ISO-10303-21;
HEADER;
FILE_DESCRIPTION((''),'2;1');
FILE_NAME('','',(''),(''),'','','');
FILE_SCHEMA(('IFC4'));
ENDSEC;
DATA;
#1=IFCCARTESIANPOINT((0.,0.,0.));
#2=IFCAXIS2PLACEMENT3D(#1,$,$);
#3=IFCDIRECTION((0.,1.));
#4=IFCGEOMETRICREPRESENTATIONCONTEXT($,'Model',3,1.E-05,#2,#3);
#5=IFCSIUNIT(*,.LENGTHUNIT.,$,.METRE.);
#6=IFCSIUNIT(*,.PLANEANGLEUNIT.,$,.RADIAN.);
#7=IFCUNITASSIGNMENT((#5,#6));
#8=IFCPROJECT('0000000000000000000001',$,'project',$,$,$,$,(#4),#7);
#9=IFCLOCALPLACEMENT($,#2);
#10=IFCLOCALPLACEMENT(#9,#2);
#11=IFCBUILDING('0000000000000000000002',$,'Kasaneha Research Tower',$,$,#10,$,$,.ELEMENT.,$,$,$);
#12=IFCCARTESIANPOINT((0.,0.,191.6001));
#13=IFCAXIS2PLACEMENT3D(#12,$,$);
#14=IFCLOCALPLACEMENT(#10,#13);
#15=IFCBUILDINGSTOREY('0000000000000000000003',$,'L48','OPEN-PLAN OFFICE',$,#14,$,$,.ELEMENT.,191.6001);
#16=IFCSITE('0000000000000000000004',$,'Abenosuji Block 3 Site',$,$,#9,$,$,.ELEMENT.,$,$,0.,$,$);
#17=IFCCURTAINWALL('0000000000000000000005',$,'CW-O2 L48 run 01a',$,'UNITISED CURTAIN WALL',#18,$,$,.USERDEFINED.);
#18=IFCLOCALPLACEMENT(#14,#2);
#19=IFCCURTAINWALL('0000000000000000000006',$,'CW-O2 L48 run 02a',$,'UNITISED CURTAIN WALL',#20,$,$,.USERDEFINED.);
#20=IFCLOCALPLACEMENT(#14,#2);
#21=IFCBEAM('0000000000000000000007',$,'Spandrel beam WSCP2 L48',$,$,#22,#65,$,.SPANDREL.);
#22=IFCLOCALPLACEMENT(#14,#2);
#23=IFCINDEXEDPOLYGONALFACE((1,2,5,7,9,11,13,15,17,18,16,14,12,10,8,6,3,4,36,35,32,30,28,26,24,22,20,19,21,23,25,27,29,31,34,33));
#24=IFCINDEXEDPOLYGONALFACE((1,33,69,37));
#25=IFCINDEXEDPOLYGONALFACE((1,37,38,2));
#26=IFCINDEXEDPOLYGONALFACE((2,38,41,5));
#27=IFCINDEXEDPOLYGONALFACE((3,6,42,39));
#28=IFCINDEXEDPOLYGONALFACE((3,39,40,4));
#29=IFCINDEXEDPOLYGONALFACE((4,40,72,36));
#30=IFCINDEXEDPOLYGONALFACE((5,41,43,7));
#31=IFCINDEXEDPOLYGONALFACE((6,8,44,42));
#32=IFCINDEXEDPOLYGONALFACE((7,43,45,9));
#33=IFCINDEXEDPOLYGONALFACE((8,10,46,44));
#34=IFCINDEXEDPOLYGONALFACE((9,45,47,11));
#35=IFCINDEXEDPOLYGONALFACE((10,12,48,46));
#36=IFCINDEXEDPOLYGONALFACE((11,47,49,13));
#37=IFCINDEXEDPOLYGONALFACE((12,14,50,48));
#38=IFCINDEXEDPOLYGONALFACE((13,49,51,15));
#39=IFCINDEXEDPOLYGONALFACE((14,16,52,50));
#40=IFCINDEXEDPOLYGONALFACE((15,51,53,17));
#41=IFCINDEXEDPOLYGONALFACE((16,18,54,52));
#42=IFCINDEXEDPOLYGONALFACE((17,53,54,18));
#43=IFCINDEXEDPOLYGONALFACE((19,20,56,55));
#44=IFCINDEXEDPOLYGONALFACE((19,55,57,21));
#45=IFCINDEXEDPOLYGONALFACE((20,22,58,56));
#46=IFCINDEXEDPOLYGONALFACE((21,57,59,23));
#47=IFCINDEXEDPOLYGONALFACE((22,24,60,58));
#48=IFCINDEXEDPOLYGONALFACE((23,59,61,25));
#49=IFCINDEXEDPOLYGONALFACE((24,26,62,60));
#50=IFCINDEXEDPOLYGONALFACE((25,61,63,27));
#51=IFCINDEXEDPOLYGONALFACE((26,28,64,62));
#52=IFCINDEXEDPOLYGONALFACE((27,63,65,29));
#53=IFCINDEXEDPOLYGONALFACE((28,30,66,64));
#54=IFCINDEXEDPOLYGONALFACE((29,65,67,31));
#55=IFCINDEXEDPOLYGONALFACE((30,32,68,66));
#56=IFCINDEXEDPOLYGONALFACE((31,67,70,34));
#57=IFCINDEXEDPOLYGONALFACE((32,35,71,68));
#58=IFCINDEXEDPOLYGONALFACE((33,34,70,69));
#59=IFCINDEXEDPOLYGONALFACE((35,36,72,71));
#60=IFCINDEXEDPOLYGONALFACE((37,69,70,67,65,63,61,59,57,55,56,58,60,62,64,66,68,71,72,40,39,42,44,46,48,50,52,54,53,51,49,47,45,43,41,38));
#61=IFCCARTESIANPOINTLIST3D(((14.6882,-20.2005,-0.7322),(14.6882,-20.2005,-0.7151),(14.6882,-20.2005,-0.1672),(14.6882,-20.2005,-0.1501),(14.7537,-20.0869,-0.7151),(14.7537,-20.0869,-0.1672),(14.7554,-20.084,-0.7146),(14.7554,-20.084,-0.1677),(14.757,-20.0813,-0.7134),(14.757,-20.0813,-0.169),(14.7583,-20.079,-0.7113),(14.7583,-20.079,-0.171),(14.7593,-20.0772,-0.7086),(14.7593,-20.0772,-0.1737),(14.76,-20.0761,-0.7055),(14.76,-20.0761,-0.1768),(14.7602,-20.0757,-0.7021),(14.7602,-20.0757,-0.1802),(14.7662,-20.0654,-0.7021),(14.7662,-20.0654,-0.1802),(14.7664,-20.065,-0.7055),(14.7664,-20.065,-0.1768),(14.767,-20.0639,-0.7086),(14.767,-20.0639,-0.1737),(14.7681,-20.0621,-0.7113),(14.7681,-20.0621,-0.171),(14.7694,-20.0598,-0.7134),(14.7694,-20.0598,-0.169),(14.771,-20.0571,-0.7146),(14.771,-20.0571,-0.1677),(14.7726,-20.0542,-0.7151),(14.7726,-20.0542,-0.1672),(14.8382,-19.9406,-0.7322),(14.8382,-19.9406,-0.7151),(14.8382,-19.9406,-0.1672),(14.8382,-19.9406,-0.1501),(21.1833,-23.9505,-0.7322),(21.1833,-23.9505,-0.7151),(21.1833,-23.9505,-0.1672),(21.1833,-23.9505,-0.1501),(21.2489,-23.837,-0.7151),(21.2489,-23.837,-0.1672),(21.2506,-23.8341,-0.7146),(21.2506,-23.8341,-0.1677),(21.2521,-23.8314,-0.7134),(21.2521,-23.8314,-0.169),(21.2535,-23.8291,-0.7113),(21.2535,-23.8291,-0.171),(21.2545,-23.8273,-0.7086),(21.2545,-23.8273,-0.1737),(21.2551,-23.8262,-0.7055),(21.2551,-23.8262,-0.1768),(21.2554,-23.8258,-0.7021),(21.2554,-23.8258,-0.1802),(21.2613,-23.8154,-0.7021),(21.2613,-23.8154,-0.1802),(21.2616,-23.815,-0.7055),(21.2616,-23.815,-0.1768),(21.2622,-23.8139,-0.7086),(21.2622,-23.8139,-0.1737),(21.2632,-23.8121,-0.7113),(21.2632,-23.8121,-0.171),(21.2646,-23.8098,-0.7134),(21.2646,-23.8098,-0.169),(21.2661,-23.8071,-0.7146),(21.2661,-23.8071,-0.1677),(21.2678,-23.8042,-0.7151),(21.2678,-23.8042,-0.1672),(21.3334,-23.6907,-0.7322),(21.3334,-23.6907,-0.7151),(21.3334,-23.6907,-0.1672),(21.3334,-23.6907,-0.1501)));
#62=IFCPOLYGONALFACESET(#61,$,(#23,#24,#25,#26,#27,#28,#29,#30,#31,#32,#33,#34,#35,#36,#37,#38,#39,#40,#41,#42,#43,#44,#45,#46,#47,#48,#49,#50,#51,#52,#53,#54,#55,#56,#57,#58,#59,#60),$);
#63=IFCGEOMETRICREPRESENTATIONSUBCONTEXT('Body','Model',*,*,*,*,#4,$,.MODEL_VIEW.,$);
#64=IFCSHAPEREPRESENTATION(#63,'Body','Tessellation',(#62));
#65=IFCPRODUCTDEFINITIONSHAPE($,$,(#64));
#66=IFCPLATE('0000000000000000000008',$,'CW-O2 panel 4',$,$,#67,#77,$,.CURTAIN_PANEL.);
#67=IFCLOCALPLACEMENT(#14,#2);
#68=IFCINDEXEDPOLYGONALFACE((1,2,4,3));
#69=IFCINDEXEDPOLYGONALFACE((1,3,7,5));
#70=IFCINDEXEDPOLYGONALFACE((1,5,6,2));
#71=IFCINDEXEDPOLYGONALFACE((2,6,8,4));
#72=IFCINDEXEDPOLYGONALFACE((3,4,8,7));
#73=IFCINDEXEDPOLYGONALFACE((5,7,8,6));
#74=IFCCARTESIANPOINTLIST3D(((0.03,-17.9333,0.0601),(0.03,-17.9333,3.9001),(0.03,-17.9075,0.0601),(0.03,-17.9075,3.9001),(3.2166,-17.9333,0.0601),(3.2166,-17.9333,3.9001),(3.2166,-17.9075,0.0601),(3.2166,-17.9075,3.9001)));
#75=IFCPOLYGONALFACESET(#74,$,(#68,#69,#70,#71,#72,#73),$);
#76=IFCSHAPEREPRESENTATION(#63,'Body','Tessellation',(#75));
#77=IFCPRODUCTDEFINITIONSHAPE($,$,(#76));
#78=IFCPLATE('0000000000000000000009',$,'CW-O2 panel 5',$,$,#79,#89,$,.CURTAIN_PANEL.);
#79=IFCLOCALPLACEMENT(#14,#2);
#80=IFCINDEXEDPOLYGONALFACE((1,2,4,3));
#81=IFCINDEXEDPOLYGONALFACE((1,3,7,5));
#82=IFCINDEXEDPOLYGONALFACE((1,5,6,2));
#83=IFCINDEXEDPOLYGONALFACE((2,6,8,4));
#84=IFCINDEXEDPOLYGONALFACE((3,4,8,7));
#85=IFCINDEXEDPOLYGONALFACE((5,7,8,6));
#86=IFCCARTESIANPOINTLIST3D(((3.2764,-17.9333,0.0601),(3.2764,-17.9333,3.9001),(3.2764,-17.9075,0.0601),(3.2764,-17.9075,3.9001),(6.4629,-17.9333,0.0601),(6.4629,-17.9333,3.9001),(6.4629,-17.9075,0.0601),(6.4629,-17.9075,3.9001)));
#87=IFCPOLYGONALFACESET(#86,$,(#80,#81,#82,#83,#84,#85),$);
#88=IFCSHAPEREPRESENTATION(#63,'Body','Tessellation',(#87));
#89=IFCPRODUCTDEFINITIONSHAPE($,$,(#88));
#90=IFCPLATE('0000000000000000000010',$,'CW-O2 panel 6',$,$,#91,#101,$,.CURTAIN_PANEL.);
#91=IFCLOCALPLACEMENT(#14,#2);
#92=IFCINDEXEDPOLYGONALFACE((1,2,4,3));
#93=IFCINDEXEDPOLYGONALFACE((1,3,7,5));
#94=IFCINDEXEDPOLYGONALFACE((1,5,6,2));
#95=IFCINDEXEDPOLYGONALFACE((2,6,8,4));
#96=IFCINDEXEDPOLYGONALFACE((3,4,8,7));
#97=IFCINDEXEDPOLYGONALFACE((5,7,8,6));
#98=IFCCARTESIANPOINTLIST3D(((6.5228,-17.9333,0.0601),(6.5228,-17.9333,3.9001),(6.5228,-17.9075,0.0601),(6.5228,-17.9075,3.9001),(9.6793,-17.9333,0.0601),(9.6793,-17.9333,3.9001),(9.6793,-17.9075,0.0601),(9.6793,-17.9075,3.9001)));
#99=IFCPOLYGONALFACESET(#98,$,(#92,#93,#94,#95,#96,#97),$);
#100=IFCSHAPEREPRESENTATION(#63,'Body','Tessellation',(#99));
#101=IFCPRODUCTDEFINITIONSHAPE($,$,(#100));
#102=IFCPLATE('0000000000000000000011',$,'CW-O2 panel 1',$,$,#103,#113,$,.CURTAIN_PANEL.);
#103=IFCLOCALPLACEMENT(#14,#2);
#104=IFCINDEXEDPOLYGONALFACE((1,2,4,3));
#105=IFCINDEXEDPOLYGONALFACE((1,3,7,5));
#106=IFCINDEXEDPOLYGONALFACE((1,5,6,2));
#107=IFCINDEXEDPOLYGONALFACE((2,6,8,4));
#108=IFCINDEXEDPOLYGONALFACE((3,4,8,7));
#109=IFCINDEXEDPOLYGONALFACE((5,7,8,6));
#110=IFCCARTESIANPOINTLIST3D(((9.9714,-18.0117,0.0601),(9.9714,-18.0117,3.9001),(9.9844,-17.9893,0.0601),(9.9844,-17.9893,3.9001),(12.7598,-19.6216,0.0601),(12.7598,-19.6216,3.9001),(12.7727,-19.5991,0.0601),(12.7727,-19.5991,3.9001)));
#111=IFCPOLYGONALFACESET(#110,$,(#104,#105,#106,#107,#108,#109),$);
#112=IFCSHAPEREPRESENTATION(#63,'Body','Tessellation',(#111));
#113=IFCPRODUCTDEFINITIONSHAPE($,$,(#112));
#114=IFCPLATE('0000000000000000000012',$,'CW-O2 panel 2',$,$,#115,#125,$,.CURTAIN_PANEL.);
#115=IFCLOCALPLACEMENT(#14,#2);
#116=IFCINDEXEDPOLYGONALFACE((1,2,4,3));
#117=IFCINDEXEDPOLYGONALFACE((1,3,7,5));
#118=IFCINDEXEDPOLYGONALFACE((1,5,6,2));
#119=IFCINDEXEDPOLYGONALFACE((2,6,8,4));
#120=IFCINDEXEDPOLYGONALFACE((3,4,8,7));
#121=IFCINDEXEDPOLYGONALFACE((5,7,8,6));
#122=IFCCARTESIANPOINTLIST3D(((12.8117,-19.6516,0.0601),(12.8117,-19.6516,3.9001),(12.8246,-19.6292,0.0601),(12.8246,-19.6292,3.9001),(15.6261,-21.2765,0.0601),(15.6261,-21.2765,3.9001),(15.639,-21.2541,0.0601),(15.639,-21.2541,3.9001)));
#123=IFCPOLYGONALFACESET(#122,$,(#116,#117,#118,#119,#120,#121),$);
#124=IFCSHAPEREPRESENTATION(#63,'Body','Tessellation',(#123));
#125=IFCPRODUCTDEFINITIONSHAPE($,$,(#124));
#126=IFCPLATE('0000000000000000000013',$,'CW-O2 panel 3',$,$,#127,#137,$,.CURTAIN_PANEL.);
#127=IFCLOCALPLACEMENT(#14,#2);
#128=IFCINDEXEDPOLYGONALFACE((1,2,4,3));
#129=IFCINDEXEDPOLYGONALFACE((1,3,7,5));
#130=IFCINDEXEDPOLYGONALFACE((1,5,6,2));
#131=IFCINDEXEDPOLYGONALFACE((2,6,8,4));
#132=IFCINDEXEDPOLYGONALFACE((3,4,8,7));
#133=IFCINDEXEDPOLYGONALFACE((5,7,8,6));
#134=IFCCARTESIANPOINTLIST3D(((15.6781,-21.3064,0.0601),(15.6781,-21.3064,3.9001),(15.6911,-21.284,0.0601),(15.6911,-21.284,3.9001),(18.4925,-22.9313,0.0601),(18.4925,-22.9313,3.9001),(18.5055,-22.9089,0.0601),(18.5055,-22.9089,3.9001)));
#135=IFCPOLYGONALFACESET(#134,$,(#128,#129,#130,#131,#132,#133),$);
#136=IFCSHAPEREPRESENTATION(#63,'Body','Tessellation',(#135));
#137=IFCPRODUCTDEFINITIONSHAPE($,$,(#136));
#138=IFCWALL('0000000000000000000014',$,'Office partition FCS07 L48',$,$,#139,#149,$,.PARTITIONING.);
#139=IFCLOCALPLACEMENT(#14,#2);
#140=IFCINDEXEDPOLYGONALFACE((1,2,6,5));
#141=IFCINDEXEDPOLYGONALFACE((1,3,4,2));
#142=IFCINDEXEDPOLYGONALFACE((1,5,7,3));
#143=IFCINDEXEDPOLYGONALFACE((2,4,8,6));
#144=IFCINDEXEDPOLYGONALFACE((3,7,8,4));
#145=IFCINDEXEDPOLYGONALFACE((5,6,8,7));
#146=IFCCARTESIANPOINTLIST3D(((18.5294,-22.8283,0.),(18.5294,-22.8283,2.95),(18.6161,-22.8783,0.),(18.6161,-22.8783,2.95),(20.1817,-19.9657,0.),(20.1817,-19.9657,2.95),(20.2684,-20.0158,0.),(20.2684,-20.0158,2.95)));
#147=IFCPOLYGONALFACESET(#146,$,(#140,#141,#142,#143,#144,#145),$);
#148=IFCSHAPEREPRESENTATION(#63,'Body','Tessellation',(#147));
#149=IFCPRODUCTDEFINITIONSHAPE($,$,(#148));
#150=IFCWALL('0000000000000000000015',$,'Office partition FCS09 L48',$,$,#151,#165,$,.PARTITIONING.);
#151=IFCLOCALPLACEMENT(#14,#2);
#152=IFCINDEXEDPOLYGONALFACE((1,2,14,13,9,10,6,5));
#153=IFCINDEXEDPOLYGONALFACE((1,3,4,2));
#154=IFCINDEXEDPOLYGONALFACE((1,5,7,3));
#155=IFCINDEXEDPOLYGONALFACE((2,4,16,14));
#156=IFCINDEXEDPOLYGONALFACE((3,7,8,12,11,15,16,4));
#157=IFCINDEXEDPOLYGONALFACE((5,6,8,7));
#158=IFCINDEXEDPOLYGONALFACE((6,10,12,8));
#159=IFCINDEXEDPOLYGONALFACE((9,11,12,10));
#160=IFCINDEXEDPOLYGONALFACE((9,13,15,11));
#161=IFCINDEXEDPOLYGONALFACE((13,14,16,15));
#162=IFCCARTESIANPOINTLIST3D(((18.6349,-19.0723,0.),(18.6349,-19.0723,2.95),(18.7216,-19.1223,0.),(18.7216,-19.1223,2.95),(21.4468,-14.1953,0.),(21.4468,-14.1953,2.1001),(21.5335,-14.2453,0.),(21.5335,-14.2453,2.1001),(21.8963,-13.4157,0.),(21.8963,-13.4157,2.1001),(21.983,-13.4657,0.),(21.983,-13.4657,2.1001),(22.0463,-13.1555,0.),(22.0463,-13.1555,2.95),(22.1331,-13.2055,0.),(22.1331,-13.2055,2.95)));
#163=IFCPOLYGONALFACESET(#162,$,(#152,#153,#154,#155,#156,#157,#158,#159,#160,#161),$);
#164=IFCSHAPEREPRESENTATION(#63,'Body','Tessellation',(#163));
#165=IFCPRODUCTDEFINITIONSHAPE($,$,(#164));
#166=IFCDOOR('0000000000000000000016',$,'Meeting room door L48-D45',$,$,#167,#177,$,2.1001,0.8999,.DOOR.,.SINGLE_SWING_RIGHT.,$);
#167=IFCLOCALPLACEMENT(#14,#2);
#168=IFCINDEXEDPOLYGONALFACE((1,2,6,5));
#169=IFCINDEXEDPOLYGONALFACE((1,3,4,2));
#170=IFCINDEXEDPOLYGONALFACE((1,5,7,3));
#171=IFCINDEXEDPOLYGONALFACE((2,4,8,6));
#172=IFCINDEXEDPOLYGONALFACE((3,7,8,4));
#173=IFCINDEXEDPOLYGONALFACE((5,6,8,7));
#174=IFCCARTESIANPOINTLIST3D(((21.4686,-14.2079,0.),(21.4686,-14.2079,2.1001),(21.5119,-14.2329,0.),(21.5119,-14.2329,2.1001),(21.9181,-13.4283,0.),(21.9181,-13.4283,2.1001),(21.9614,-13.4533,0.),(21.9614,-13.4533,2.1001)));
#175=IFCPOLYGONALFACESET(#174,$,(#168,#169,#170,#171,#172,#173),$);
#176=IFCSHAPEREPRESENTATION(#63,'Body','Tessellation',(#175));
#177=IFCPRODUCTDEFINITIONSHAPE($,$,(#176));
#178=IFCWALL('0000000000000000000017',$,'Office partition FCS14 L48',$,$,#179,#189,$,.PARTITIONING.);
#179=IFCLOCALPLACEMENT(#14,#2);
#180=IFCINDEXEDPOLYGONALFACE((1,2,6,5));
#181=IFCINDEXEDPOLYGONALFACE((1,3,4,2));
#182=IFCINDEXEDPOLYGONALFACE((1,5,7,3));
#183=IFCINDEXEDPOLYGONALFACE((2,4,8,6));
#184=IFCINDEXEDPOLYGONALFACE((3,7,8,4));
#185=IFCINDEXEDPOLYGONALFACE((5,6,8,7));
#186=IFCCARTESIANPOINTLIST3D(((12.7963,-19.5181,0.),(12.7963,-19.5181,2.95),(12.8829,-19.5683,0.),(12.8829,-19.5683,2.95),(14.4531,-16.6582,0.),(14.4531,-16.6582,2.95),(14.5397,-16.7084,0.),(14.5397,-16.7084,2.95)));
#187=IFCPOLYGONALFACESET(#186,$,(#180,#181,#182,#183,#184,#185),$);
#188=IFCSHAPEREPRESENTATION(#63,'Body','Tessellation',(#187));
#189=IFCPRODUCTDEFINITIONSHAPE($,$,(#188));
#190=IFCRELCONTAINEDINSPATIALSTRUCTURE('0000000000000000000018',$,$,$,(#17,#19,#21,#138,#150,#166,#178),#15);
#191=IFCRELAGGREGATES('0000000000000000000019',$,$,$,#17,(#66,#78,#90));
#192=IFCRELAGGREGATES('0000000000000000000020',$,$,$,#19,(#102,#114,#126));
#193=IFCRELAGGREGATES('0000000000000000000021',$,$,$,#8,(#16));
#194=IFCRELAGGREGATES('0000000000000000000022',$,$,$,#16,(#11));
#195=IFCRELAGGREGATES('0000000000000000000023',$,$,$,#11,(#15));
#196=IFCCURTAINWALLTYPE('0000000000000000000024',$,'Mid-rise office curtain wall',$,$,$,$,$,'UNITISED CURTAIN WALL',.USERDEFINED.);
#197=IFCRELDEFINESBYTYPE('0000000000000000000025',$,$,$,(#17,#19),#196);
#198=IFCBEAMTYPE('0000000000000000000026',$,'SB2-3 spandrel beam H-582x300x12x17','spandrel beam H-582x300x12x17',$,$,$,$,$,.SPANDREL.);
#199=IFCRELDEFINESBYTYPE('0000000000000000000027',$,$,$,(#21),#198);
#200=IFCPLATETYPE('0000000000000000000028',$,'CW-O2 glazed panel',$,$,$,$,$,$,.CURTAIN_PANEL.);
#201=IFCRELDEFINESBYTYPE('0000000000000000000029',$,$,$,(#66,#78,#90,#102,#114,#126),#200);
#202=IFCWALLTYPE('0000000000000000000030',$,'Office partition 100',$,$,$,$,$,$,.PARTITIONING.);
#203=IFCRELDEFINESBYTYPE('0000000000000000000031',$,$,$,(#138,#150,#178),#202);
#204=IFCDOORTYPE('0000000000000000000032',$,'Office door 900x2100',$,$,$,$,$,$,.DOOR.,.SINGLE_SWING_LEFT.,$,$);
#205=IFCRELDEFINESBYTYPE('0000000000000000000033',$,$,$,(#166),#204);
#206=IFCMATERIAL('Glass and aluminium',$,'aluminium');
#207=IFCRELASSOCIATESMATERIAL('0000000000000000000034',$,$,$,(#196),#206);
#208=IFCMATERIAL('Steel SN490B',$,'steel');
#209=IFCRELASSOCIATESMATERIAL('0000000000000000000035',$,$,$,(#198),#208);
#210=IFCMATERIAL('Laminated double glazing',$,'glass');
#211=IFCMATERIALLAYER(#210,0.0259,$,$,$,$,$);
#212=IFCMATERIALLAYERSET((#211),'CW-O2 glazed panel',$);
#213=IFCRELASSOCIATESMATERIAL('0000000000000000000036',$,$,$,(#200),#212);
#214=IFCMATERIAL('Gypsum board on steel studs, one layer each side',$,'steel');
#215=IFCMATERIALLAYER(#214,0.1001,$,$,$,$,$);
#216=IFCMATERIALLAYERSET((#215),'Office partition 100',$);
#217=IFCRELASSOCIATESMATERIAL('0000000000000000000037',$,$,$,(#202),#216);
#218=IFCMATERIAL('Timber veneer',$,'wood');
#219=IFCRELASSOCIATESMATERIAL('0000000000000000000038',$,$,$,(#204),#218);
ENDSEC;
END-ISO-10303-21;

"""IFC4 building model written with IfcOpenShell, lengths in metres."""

from ifc_helpers import new_model, si_unit, direction, frame, frame_2d, origin, origin_2d, place, context, subcontext, project, spatial, rectangle, i_section, extrude, material, layer, layer_set, material_profile, profile_set, type_object, element, fill, aggregate, save


model = new_model("IFC4")

# Units and contexts
model_context = context("Model", 3, precision=1e-05, world=origin(), true_north=direction((0.0, 1.0)))
body_context = subcontext(model_context, "Body", "Model", "MODEL_VIEW")
ifc_project = project(units=[si_unit("LENGTHUNIT", "METRE"), si_unit("PLANEANGLEUNIT", "RADIAN")], contexts=[model_context])

# Site, building, storey
site_placement = place(None, origin())
site = spatial("IfcSite", under=ifc_project, at=site_placement, Name="Abenosuji Block 3 Site", CompositionType="ELEMENT", RefElevation=0.0)
building_placement = place(site_placement, origin())
building = spatial("IfcBuilding", under=site, at=building_placement, Name="Kasaneha Research Tower", CompositionType="ELEMENT")
storey_placement = place(building_placement, frame((0.0, 0.0, 191.6001)))
storey = spatial("IfcBuildingStorey", under=building, at=storey_placement, Name="L48", Description="OPEN-PLAN OFFICE", CompositionType="ELEMENT", Elevation=191.6001)

# Curtain walls
ifc_material_1 = material(Name="Glass and aluminium", Category="aluminium")
curtain_wall_type = type_object("IfcCurtainWallType", Name="Mid-rise office curtain wall", ElementType="UNITISED CURTAIN WALL", PredefinedType="USERDEFINED", material=ifc_material_1)
curtain_wall_1_placement = place(storey_placement, origin())
curtain_wall_1 = element("IfcCurtainWall", 1, at=curtain_wall_1_placement, inside=storey, type_object=curtain_wall_type, Name="CW-O2 L48 run 01a", ObjectType="UNITISED CURTAIN WALL", PredefinedType="USERDEFINED")
curtain_wall_2_placement = place(storey_placement, origin())
curtain_wall_2 = element("IfcCurtainWall", 2, at=curtain_wall_2_placement, inside=storey, type_object=curtain_wall_type, Name="CW-O2 L48 run 02a", ObjectType="UNITISED CURTAIN WALL", PredefinedType="USERDEFINED")

# Beam
ifc_material_2 = material(Name="Steel SN490B", Category="steel")
ifc_material_profile_1 = material_profile(ifc_material_2, i_section(OverallWidth=0.3, OverallDepth=0.582, WebThickness=0.012, FlangeThickness=0.0171, FilletRadius=0.0129, at=origin_2d()), Name="H-582x300x12x17")
ifc_profile_set_1 = profile_set([ifc_material_profile_1], Name="Steel SN490B")
beam_type_1 = type_object("IfcBeamType", Name="SB2-3 spandrel beam H-582x300x12x17", Description="spandrel beam H-582x300x12x17", PredefinedType="SPANDREL", material=ifc_profile_set_1)
beam_1_placement = place(storey_placement, frame((14.7632, -20.0706, -0.4412), z_axis=(0.866023, -0.500004, 0.0), x_axis=(0.500004, 0.866023, 0.0)))
element("IfcBeam", 3, at=beam_1_placement, inside=storey, type_object=beam_type_1, Name="Spandrel beam WSCP2 L48", PredefinedType="SPANDREL", context=body_context, shape_type="SweptSolid", body=[
    extrude(i_section(OverallWidth=0.3, OverallDepth=0.582, WebThickness=0.012, FlangeThickness=0.0171, FilletRadius=0.0129, at=origin_2d()), origin(), (0.0, 0.0, 1.0), 7.5),
])

# Plates
ifc_material_3 = material(Name="Laminated double glazing", Category="glass")
ifc_layer_1 = layer(ifc_material_3, 0.0259)
ifc_layer_set_1 = layer_set([ifc_layer_1], Name="CW-O2 glazed panel")
plate_type = type_object("IfcPlateType", Name="CW-O2 glazed panel", PredefinedType="CURTAIN_PANEL", material=ifc_layer_set_1)
plate_1_placement = place(storey_placement, frame((1.6233, -17.9204, 0.0601), z_axis=(0.0, 0.0, 1.0), x_axis=(1.0, 0.0, 0.0)))
plate_1 = element("IfcPlate", 4, at=plate_1_placement, type_object=plate_type, Name="CW-O2 panel 4", PredefinedType="CURTAIN_PANEL", context=body_context, shape_type="SweptSolid", body=[
    extrude(rectangle(XDim=3.1865, YDim=0.0259, at=origin_2d()), origin(), (0.0, 0.0, 1.0), 3.8401),
])
plate_2_placement = place(storey_placement, frame((4.8696, -17.9204, 0.0601), z_axis=(0.0, 0.0, 1.0), x_axis=(1.0, 0.0, 0.0)))
plate_2 = element("IfcPlate", 5, at=plate_2_placement, type_object=plate_type, Name="CW-O2 panel 5", PredefinedType="CURTAIN_PANEL", context=body_context, shape_type="SweptSolid", body=[
    extrude(rectangle(XDim=3.1865, YDim=0.0259, at=origin_2d()), origin(), (0.0, 0.0, 1.0), 3.8401),
])
plate_3_placement = place(storey_placement, frame((8.1011, -17.9204, 0.0601), z_axis=(0.0, 0.0, 1.0), x_axis=(1.0, 0.0, 0.0)))
plate_3 = element("IfcPlate", 6, at=plate_3_placement, type_object=plate_type, Name="CW-O2 panel 6", PredefinedType="CURTAIN_PANEL", context=body_context, shape_type="SweptSolid", body=[
    extrude(rectangle(XDim=3.1565, YDim=0.0259, at=origin_2d()), origin(), (0.0, 0.0, 1.0), 3.8401),
])
aggregate(curtain_wall_1, [plate_1, plate_2, plate_3])
plate_4_placement = place(storey_placement, frame((11.3721, -18.8054, 0.0601), z_axis=(0.0, 0.0, 1.0), x_axis=(0.866025, -0.5, 0.0)))
plate_4 = element("IfcPlate", 7, at=plate_4_placement, type_object=plate_type, Name="CW-O2 panel 1", PredefinedType="CURTAIN_PANEL", context=body_context, shape_type="SweptSolid", body=[
    extrude(rectangle(XDim=3.2197, YDim=0.0259, at=origin_2d()), origin(), (0.0, 0.0, 1.0), 3.8401),
])
plate_5_placement = place(storey_placement, frame((14.2253, -20.4529, 0.0601), z_axis=(0.0, 0.0, 1.0), x_axis=(0.866025, -0.5, 0.0)))
plate_5 = element("IfcPlate", 8, at=plate_5_placement, type_object=plate_type, Name="CW-O2 panel 2", PredefinedType="CURTAIN_PANEL", context=body_context, shape_type="SweptSolid", body=[
    extrude(rectangle(XDim=3.2498, YDim=0.0259, at=origin_2d()), origin(), (0.0, 0.0, 1.0), 3.8401),
])
plate_6_placement = place(storey_placement, frame((17.0918, -22.1077, 0.0601), z_axis=(0.0, 0.0, 1.0), x_axis=(0.866025, -0.5, 0.0)))
plate_6 = element("IfcPlate", 9, at=plate_6_placement, type_object=plate_type, Name="CW-O2 panel 3", PredefinedType="CURTAIN_PANEL", context=body_context, shape_type="SweptSolid", body=[
    extrude(rectangle(XDim=3.2498, YDim=0.0259, at=origin_2d()), origin(), (0.0, 0.0, 1.0), 3.8401),
])
aggregate(curtain_wall_2, [plate_4, plate_5, plate_6])

# Wall
ifc_material_4 = material(Name="Gypsum board on steel studs, one layer each side", Category="steel")
ifc_layer_2 = layer(ifc_material_4, 0.1001)
ifc_layer_set_2 = layer_set([ifc_layer_2], Name="Office partition 100")
wall_type = type_object("IfcWallType", Name="Office partition 100", PredefinedType="PARTITIONING", material=ifc_layer_set_2)
wall_1_placement = place(storey_placement, frame((18.5728, -22.8533, 0.0), z_axis=(0.0, 0.0, 1.0), x_axis=(0.499921, 0.866071, 0.0)))
element("IfcWall", 10, at=wall_1_placement, inside=storey, type_object=wall_type, Name="Office partition FCS07 L48", PredefinedType="PARTITIONING", context=body_context, shape_type="SweptSolid", body=[
    extrude(rectangle(XDim=3.3052, YDim=0.1001, at=frame_2d((1.6526, 0.0))), origin(), (0.0, 0.0, 1.0), 2.95),
])

# Wall, opening, door
wall_2_placement = place(storey_placement, frame((18.6782, -19.0974, 0.0), z_axis=(0.0, 0.0, 1.0), x_axis=(0.499488, 0.866321, 0.0)))
wall_2 = element("IfcWall", 11, at=wall_2_placement, inside=storey, type_object=wall_type, Name="Office partition FCS09 L48", PredefinedType="PARTITIONING", context=body_context, shape_type="SweptSolid", body=[
    extrude(rectangle(XDim=6.8298, YDim=0.1001, at=frame_2d((3.415, 0.0))), origin(), (0.0, 0.0, 1.0), 2.95),
])
opening_placement = place(wall_2_placement, frame((5.6296, 0.0, 0.0)))
opening = element("IfcOpeningElement", 12, at=opening_placement, cuts=wall_2, PredefinedType="OPENING", context=body_context, shape_type="SweptSolid", body=[
    extrude(rectangle(XDim=0.8999, YDim=2.1001, at=frame_2d((0.45, 1.05))), frame((0.0, 0.0601, 0.0), z_axis=(0.0, -1.0, 0.0), x_axis=(1.0, 0.0, 0.0)), (0.0, 0.0, 1.0), 0.1201),
])
ifc_material_5 = material(Name="Timber veneer", Category="wood")
door_type = type_object("IfcDoorType", Name="Office door 900x2100", OperationType="SINGLE_SWING_LEFT", PredefinedType="DOOR", material=ifc_material_5)
door_placement = place(opening_placement, origin())
door = element("IfcDoor", 13, at=door_placement, inside=storey, type_object=door_type, Name="Meeting room door L48-D45", OperationType="SINGLE_SWING_RIGHT", OverallHeight=2.1001, OverallWidth=0.8999, PredefinedType="DOOR", context=body_context, shape_type="SweptSolid", body=[
    extrude(rectangle(XDim=0.8999, YDim=2.1001, at=frame_2d((0.45, 1.05))), frame((0.0, 0.0249, 0.0), z_axis=(0.0, -1.0, 0.0), x_axis=(1.0, 0.0, 0.0)), (0.0, 0.0, 1.0), 0.05),
])
fill(opening, door)

# Wall
wall_3_placement = place(storey_placement, frame((12.8396, -19.5432, 0.0), z_axis=(0.0, 0.0, 1.0), x_axis=(0.501269, 0.865291, 0.0)))
element("IfcWall", 14, at=wall_3_placement, inside=storey, type_object=wall_type, Name="Office partition FCS14 L48", PredefinedType="PARTITIONING", context=body_context, shape_type="SweptSolid", body=[
    extrude(rectangle(XDim=3.3052, YDim=0.1001, at=frame_2d((1.6526, 0.0))), origin(), (0.0, 0.0, 1.0), 2.95),
])

save(model, "model.ifc")
